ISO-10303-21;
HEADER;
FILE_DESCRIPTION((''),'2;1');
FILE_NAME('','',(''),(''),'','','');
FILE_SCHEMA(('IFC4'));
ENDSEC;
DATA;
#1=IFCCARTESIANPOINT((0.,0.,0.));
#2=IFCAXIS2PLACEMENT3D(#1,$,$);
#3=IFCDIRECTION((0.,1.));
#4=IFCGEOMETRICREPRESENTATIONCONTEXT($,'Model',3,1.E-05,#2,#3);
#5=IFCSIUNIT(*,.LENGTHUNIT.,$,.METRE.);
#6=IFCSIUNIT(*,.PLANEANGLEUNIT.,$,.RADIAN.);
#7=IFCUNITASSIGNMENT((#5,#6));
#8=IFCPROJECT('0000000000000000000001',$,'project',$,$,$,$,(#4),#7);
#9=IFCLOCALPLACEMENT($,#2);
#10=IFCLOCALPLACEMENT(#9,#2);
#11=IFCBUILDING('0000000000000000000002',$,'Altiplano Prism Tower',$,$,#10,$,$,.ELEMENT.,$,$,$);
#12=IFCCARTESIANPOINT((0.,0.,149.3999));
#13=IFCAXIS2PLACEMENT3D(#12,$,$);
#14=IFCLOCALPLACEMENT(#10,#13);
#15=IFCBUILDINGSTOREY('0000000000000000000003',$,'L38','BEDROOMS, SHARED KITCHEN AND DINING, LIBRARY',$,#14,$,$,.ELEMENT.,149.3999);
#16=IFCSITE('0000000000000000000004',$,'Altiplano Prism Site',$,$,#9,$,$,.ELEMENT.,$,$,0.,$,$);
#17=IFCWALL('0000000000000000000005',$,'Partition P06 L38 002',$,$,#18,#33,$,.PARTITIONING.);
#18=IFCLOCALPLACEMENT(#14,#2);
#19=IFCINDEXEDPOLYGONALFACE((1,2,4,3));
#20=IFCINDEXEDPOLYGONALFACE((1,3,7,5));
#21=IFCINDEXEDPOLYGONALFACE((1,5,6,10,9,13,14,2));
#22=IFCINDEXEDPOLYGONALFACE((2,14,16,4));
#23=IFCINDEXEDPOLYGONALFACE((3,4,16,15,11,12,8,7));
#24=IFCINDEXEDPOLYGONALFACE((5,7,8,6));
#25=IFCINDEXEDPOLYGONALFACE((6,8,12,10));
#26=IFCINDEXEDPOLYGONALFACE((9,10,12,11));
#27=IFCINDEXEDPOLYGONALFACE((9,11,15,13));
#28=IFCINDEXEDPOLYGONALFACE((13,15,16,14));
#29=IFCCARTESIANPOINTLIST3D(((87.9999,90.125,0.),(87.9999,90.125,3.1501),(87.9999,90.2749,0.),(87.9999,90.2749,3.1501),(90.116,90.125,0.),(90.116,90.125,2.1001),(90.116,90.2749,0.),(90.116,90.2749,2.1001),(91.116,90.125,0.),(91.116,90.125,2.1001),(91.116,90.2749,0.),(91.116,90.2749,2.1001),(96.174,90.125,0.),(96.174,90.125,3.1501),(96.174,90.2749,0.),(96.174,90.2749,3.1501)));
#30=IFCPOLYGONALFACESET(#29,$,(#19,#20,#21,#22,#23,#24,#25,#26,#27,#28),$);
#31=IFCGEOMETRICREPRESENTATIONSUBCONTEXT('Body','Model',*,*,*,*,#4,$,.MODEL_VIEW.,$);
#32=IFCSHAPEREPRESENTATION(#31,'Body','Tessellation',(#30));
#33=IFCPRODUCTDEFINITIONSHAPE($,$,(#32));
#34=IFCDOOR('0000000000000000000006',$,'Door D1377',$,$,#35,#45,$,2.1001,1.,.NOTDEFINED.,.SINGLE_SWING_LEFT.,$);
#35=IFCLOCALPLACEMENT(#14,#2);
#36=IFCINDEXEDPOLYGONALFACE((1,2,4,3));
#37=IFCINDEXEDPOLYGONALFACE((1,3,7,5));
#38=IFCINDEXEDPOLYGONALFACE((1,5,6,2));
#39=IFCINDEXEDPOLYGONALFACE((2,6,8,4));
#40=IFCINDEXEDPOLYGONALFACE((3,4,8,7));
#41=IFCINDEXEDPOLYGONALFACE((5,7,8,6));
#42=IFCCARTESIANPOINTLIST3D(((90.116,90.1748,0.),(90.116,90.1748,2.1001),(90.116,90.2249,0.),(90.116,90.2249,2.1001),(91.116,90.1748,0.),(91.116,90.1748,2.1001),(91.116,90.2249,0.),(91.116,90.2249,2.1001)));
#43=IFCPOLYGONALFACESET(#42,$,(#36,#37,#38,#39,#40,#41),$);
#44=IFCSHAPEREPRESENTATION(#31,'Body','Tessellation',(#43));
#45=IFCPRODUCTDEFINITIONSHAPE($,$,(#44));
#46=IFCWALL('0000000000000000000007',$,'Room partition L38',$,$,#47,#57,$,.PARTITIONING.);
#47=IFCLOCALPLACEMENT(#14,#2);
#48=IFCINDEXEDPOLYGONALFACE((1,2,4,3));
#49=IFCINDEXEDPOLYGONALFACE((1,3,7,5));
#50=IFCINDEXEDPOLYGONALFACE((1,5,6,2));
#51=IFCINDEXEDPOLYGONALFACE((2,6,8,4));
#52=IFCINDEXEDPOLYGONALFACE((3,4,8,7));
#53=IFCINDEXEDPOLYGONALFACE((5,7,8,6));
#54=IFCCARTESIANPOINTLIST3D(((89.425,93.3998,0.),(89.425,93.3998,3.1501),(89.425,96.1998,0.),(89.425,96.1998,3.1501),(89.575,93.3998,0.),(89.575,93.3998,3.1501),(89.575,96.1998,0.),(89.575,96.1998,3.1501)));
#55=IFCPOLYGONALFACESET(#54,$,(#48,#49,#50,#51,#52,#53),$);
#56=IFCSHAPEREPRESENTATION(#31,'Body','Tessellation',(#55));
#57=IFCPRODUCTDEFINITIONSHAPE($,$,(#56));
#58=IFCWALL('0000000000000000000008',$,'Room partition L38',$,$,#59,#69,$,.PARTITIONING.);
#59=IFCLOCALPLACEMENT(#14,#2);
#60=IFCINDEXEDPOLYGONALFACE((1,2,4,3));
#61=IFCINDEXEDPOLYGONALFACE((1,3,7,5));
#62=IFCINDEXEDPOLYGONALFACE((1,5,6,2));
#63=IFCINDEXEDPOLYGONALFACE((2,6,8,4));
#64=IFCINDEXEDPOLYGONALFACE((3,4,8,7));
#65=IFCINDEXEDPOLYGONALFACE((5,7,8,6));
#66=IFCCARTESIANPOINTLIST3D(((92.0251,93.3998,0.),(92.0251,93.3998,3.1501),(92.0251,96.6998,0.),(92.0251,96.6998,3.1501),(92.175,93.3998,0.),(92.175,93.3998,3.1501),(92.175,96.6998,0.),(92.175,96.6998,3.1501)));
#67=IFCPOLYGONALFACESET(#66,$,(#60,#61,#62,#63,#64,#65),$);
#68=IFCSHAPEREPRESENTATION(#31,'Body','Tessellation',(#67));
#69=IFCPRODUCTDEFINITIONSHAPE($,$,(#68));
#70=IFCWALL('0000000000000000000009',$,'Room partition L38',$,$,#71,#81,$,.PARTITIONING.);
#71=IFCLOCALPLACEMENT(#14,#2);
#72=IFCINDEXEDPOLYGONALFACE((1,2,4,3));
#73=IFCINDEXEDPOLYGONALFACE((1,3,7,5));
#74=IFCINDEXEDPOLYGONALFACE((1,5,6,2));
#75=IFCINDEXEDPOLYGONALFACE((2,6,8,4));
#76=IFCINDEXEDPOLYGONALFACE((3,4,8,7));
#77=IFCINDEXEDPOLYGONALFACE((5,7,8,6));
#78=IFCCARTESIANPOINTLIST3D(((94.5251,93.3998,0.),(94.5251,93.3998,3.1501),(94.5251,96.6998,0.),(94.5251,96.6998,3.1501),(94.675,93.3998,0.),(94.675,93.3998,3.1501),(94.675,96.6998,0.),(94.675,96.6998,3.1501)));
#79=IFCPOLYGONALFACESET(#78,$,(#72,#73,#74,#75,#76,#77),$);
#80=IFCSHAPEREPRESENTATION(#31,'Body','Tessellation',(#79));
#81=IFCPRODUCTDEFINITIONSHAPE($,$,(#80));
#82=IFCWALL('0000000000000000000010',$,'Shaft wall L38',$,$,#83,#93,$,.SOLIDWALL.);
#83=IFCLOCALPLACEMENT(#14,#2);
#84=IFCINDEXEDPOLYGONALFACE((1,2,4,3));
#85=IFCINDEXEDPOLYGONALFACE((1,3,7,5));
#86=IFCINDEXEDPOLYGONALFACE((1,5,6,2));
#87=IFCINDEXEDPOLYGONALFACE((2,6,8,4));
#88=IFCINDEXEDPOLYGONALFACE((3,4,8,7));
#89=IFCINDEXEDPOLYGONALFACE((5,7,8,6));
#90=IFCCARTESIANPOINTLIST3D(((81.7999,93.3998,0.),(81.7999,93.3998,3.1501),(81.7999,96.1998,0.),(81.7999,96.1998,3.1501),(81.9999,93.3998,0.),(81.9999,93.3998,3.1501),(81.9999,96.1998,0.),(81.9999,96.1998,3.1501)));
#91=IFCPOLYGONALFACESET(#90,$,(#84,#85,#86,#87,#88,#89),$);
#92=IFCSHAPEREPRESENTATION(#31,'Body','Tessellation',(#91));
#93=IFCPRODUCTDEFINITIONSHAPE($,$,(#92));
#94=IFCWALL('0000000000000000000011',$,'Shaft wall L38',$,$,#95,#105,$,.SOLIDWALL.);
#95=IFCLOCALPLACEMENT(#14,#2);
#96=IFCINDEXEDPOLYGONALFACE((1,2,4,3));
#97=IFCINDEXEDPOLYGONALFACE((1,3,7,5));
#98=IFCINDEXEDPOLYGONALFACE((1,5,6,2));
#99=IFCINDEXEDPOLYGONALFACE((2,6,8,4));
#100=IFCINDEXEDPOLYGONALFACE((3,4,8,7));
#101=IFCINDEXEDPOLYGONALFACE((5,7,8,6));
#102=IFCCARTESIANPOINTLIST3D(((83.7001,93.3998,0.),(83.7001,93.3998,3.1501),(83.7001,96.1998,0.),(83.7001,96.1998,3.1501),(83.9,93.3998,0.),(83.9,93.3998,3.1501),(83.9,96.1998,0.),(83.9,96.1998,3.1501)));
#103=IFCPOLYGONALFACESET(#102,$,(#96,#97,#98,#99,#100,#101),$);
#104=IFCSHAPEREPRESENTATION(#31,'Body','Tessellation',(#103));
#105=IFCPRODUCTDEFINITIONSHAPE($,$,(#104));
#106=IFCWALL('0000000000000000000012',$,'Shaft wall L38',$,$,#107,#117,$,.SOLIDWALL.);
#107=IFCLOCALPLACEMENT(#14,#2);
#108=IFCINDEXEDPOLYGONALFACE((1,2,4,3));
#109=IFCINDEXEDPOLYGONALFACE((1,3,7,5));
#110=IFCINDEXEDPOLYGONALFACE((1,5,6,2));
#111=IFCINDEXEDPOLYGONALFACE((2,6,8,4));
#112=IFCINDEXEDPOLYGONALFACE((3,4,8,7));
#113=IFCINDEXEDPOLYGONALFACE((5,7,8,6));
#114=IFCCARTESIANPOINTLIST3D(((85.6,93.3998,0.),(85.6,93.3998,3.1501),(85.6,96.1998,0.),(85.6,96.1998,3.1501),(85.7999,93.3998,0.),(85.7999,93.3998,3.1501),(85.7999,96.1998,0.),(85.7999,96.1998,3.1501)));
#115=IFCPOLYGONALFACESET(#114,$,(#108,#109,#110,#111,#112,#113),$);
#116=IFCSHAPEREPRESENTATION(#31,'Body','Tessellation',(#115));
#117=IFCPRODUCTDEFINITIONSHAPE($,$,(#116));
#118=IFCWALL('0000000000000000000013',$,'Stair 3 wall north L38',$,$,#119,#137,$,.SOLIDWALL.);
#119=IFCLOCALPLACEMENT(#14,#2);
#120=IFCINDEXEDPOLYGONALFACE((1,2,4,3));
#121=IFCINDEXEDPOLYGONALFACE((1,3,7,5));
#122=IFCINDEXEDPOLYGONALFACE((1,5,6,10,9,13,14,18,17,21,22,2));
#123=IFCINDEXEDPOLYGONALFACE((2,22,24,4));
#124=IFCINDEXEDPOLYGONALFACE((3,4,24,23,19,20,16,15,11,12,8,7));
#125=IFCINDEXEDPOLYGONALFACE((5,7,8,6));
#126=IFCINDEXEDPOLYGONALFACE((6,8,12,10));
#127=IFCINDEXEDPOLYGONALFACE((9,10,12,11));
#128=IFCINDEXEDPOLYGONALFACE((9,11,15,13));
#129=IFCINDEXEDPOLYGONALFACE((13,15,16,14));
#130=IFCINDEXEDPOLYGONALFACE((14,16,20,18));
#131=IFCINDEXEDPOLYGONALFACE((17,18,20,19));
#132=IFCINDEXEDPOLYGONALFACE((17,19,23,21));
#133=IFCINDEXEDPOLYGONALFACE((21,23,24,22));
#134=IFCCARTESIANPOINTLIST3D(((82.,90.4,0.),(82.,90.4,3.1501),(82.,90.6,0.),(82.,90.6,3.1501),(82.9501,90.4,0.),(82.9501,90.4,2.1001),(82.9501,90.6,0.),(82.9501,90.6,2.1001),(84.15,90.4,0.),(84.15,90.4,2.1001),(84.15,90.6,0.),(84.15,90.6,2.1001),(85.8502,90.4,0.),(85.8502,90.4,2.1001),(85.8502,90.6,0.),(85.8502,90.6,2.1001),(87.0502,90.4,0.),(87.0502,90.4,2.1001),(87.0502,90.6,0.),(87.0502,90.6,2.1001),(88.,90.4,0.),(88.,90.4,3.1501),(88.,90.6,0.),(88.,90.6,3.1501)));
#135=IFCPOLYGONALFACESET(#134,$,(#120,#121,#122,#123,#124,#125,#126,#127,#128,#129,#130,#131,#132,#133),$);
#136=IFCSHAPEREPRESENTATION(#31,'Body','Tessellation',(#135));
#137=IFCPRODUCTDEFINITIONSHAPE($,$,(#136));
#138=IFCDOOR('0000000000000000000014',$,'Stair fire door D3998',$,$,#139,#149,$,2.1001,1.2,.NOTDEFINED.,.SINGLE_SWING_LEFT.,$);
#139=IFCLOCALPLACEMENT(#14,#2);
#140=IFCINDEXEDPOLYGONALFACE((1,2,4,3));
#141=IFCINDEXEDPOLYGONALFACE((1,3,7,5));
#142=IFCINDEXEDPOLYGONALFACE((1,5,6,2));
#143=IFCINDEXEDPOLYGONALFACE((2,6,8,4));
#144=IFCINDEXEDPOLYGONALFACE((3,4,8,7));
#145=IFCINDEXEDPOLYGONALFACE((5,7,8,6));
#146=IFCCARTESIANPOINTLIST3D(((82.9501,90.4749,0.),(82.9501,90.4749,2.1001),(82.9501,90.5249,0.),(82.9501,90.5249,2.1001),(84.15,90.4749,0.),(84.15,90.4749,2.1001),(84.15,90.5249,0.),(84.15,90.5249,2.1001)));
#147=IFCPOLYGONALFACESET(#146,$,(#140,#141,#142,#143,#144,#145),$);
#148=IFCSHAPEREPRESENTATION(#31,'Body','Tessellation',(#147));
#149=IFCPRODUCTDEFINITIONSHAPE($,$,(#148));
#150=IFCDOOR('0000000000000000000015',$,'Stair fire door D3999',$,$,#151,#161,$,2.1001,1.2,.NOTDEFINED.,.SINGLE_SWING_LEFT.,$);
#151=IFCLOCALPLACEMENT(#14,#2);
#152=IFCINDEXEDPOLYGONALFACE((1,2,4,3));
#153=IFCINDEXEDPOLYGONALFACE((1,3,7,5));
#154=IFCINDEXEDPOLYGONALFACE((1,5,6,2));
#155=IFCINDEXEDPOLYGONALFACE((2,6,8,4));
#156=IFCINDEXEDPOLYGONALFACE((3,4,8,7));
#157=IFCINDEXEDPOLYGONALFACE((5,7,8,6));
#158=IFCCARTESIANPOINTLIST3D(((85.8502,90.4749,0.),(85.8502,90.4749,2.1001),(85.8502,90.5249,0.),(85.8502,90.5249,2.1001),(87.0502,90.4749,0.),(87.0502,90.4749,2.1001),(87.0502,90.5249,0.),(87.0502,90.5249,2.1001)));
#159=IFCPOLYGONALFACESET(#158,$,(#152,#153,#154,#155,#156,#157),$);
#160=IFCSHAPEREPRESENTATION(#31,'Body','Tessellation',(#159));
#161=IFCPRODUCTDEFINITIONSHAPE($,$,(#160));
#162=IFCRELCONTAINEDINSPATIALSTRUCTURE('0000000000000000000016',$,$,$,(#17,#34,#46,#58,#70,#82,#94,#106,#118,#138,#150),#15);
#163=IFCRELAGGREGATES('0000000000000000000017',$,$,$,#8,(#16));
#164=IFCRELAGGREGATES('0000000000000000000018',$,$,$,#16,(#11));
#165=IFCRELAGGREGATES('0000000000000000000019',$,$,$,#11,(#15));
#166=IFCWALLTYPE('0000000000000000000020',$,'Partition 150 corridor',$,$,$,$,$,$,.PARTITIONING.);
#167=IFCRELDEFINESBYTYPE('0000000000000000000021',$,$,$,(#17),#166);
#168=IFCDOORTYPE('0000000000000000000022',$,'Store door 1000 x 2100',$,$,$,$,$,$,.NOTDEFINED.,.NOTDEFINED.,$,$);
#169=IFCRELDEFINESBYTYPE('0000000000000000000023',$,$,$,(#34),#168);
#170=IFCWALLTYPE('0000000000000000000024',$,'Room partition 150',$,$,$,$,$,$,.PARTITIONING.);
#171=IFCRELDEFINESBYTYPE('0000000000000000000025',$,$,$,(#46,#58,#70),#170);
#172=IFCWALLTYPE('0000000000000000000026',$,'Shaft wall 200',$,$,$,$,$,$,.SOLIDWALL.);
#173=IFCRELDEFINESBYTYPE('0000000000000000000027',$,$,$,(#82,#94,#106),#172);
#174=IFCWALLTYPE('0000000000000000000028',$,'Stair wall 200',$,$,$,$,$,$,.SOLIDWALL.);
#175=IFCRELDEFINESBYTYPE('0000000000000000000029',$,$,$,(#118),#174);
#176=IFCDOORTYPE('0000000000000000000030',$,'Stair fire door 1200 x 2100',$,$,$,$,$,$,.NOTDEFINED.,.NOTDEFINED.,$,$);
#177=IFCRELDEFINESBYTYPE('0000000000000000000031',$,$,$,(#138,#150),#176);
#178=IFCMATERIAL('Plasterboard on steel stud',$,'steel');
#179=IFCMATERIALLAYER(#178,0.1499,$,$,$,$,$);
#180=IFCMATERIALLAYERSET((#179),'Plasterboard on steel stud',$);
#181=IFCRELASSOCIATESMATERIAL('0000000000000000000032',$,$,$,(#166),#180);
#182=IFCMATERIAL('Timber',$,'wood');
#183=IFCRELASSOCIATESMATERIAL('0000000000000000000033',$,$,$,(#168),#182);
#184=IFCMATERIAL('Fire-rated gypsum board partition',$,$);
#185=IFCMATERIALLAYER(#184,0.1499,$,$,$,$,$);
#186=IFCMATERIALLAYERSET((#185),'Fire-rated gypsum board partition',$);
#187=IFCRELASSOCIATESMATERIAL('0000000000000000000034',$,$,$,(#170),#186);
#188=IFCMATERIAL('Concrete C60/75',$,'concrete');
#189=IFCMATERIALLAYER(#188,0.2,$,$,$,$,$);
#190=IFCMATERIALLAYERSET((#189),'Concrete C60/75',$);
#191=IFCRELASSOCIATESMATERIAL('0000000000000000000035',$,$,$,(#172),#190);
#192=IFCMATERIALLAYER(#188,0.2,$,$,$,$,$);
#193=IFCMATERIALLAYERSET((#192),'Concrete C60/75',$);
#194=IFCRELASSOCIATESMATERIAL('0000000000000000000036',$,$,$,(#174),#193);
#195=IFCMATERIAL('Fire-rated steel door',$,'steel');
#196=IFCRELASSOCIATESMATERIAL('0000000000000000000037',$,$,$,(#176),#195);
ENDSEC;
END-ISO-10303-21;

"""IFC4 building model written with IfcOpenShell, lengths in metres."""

from ifc_helpers import new_model, si_unit, direction, frame, frame_2d, origin, place, context, subcontext, project, spatial, rectangle, extrude, material, layer, layer_set, type_object, element, fill, save


model = new_model("IFC4")

# Units and contexts
model_context = context("Model", 3, precision=1e-05, world=origin(), true_north=direction((0.0, 1.0)))
body_context = subcontext(model_context, "Body", "Model", "MODEL_VIEW")
ifc_project = project(units=[si_unit("LENGTHUNIT", "METRE"), si_unit("PLANEANGLEUNIT", "RADIAN")], contexts=[model_context])

# Site, building, storey
site_placement = place(None, origin())
site = spatial("IfcSite", under=ifc_project, at=site_placement, Name="Altiplano Prism Site", CompositionType="ELEMENT", RefElevation=0.0)
building_placement = place(site_placement, origin())
building = spatial("IfcBuilding", under=site, at=building_placement, Name="Altiplano Prism Tower", CompositionType="ELEMENT")
storey_placement = place(building_placement, frame((0.0, 0.0, 149.3999)))
storey = spatial("IfcBuildingStorey", under=building, at=storey_placement, Name="L38", Description="BEDROOMS, SHARED KITCHEN AND DINING, LIBRARY", CompositionType="ELEMENT", Elevation=149.3999)

# Wall, opening, door
ifc_material_1 = material(Name="Plasterboard on steel stud", Category="steel")
ifc_layer_1 = layer(ifc_material_1, 0.1499)
ifc_layer_set_1 = layer_set([ifc_layer_1], Name="Plasterboard on steel stud")
wall_type_1 = type_object("IfcWallType", Name="Partition 150 corridor", PredefinedType="PARTITIONING", material=ifc_layer_set_1)
wall_1_placement = place(storey_placement, frame((88.0, 90.2, 0.0), z_axis=(0.0, 0.0, 1.0), x_axis=(1.0, 0.0, 0.0)))
wall_1 = element("IfcWall", 1, at=wall_1_placement, inside=storey, type_object=wall_type_1, Name="Partition P06 L38 002", PredefinedType="PARTITIONING", context=body_context, shape_type="SweptSolid", body=[
    extrude(rectangle(XDim=8.1741, YDim=0.1499, at=frame_2d((4.0869, 0.0))), origin(), (0.0, 0.0, 1.0), 3.1501),
])
opening_1_placement = place(wall_1_placement, frame((2.116, 0.0, 0.0)))
opening_1 = element("IfcOpeningElement", 2, at=opening_1_placement, cuts=wall_1, PredefinedType="OPENING", context=body_context, shape_type="SweptSolid", body=[
    extrude(rectangle(XDim=1.0, YDim=2.1001, at=frame_2d((0.5, 1.05))), frame((0.0, 0.0854, 0.0), z_axis=(0.0, -1.0, 0.0), x_axis=(1.0, 0.0, 0.0)), (0.0, 0.0, 1.0), 0.1709),
])
ifc_material_2 = material(Name="Timber", Category="wood")
door_type_1 = type_object("IfcDoorType", Name="Store door 1000 x 2100", OperationType="NOTDEFINED", PredefinedType="NOTDEFINED", material=ifc_material_2)
door_1_placement = place(opening_1_placement, origin())
door_1 = element("IfcDoor", 3, at=door_1_placement, inside=storey, type_object=door_type_1, Name="Door D1377", OperationType="SINGLE_SWING_LEFT", OverallHeight=2.1001, OverallWidth=1.0, PredefinedType="NOTDEFINED", context=body_context, shape_type="SweptSolid", body=[
    extrude(rectangle(XDim=1.0, YDim=2.1001, at=frame_2d((0.5, 1.05))), frame((0.0, 0.0249, 0.0), z_axis=(0.0, -1.0, 0.0), x_axis=(1.0, 0.0, 0.0)), (0.0, 0.0, 1.0), 0.05),
])
fill(opening_1, door_1)

# Walls
ifc_material_3 = material(Name="Fire-rated gypsum board partition")
ifc_layer_2 = layer(ifc_material_3, 0.1499)
ifc_layer_set_2 = layer_set([ifc_layer_2], Name="Fire-rated gypsum board partition")
wall_type_2 = type_object("IfcWallType", Name="Room partition 150", PredefinedType="PARTITIONING", material=ifc_layer_set_2)
wall_2_placement = place(storey_placement, frame((89.5, 93.3999, 0.0), z_axis=(0.0, 0.0, 1.0), x_axis=(0.0, 1.0, 0.0)))
element("IfcWall", 4, at=wall_2_placement, inside=storey, type_object=wall_type_2, Name="Room partition L38", PredefinedType="PARTITIONING", context=body_context, shape_type="SweptSolid", body=[
    extrude(rectangle(XDim=2.8, YDim=0.1499, at=frame_2d((1.3999, 0.0))), origin(), (0.0, 0.0, 1.0), 3.1501),
])
for number, where, z_axis, x_axis, name in (
    (5, (92.1001, 93.3999, 0.0), (0.0, 0.0, 1.0), (0.0, 1.0, 0.0), "Room partition L38"),
    (6, (94.6001, 93.3999, 0.0), (0.0, 0.0, 1.0), (0.0, 1.0, 0.0), "Room partition L38"),
):
    element("IfcWall", number, at=place(storey_placement, frame(where, z_axis=z_axis, x_axis=x_axis)), inside=storey, type_object=wall_type_2, Name=name, PredefinedType="PARTITIONING", context=body_context, shape_type="SweptSolid", body=[
        extrude(rectangle(XDim=3.3, YDim=0.1499, at=frame_2d((1.6499, 0.0))), origin(), (0.0, 0.0, 1.0), 3.1501),
    ])
ifc_material_4 = material(Name="Concrete C60/75", Category="concrete")
ifc_layer_3 = layer(ifc_material_4, 0.2)
ifc_layer_set_3 = layer_set([ifc_layer_3], Name="Concrete C60/75")
wall_type_3 = type_object("IfcWallType", Name="Shaft wall 200", PredefinedType="SOLIDWALL", material=ifc_layer_set_3)
for number, where, z_axis, x_axis, name in (
    (7, (81.8999, 93.3999, 0.0), (0.0, 0.0, 1.0), (0.0, 1.0, 0.0), "Shaft wall L38"),
    (8, (83.8, 93.3999, 0.0), (0.0, 0.0, 1.0), (0.0, 1.0, 0.0), "Shaft wall L38"),
    (9, (85.7, 93.3999, 0.0), (0.0, 0.0, 1.0), (0.0, 1.0, 0.0), "Shaft wall L38"),
):
    element("IfcWall", number, at=place(storey_placement, frame(where, z_axis=z_axis, x_axis=x_axis)), inside=storey, type_object=wall_type_3, Name=name, PredefinedType="SOLIDWALL", context=body_context, shape_type="SweptSolid", body=[
        extrude(rectangle(XDim=2.8, YDim=0.2, at=frame_2d((1.3999, 0.0))), origin(), (0.0, 0.0, 1.0), 3.1501),
    ])

# Wall, openings, doors
ifc_layer_4 = layer(ifc_material_4, 0.2)
ifc_layer_set_4 = layer_set([ifc_layer_4], Name="Concrete C60/75")
wall_type_4 = type_object("IfcWallType", Name="Stair wall 200", PredefinedType="SOLIDWALL", material=ifc_layer_set_4)
wall_3_placement = place(storey_placement, frame((82.0, 90.5, 0.0), z_axis=(0.0, 0.0, 1.0), x_axis=(1.0, 0.0, 0.0)))
wall_3 = element("IfcWall", 10, at=wall_3_placement, inside=storey, type_object=wall_type_4, Name="Stair 3 wall north L38", PredefinedType="SOLIDWALL", context=body_context, shape_type="SweptSolid", body=[
    extrude(rectangle(XDim=6.0, YDim=0.2, at=frame_2d((3.0, 0.0))), origin(), (0.0, 0.0, 1.0), 3.1501),
])
opening_2_placement = place(wall_3_placement, frame((0.95, 0.0, 0.0)))
opening_2 = element("IfcOpeningElement", 11, at=opening_2_placement, cuts=wall_3, PredefinedType="OPENING", context=body_context, shape_type="SweptSolid", body=[
    extrude(rectangle(XDim=1.2, YDim=2.1001, at=frame_2d((0.6001, 1.05))), frame((0.0, 0.1104, 0.0), z_axis=(0.0, -1.0, 0.0), x_axis=(1.0, 0.0, 0.0)), (0.0, 0.0, 1.0), 0.2209),
])
opening_3_placement = place(wall_3_placement, frame((3.8501, 0.0, 0.0)))
opening_3 = element("IfcOpeningElement", 12, at=opening_3_placement, cuts=wall_3, PredefinedType="OPENING", context=body_context, shape_type="SweptSolid", body=[
    extrude(rectangle(XDim=1.2, YDim=2.1001, at=frame_2d((0.6001, 1.05))), frame((0.0, 0.1104, 0.0), z_axis=(0.0, -1.0, 0.0), x_axis=(1.0, 0.0, 0.0)), (0.0, 0.0, 1.0), 0.2209),
])
ifc_material_5 = material(Name="Fire-rated steel door", Category="steel")
door_type_2 = type_object("IfcDoorType", Name="Stair fire door 1200 x 2100", OperationType="NOTDEFINED", PredefinedType="NOTDEFINED", material=ifc_material_5)
door_2_placement = place(opening_2_placement, origin())
door_2 = element("IfcDoor", 13, at=door_2_placement, inside=storey, type_object=door_type_2, Name="Stair fire door D3998", OperationType="SINGLE_SWING_LEFT", OverallHeight=2.1001, OverallWidth=1.2, PredefinedType="NOTDEFINED", context=body_context, shape_type="SweptSolid", body=[
    extrude(rectangle(XDim=1.2, YDim=2.1001, at=frame_2d((0.6001, 1.05))), frame((0.0, 0.0249, 0.0), z_axis=(0.0, -1.0, 0.0), x_axis=(1.0, 0.0, 0.0)), (0.0, 0.0, 1.0), 0.05),
])
fill(opening_2, door_2)
door_3_placement = place(opening_3_placement, origin())
door_3 = element("IfcDoor", 14, at=door_3_placement, inside=storey, type_object=door_type_2, Name="Stair fire door D3999", OperationType="SINGLE_SWING_LEFT", OverallHeight=2.1001, OverallWidth=1.2, PredefinedType="NOTDEFINED", context=body_context, shape_type="SweptSolid", body=[
    extrude(rectangle(XDim=1.2, YDim=2.1001, at=frame_2d((0.6001, 1.05))), frame((0.0, 0.0249, 0.0), z_axis=(0.0, -1.0, 0.0), x_axis=(1.0, 0.0, 0.0)), (0.0, 0.0, 1.0), 0.05),
])
fill(opening_3, door_3)

save(model, "model.ifc")
